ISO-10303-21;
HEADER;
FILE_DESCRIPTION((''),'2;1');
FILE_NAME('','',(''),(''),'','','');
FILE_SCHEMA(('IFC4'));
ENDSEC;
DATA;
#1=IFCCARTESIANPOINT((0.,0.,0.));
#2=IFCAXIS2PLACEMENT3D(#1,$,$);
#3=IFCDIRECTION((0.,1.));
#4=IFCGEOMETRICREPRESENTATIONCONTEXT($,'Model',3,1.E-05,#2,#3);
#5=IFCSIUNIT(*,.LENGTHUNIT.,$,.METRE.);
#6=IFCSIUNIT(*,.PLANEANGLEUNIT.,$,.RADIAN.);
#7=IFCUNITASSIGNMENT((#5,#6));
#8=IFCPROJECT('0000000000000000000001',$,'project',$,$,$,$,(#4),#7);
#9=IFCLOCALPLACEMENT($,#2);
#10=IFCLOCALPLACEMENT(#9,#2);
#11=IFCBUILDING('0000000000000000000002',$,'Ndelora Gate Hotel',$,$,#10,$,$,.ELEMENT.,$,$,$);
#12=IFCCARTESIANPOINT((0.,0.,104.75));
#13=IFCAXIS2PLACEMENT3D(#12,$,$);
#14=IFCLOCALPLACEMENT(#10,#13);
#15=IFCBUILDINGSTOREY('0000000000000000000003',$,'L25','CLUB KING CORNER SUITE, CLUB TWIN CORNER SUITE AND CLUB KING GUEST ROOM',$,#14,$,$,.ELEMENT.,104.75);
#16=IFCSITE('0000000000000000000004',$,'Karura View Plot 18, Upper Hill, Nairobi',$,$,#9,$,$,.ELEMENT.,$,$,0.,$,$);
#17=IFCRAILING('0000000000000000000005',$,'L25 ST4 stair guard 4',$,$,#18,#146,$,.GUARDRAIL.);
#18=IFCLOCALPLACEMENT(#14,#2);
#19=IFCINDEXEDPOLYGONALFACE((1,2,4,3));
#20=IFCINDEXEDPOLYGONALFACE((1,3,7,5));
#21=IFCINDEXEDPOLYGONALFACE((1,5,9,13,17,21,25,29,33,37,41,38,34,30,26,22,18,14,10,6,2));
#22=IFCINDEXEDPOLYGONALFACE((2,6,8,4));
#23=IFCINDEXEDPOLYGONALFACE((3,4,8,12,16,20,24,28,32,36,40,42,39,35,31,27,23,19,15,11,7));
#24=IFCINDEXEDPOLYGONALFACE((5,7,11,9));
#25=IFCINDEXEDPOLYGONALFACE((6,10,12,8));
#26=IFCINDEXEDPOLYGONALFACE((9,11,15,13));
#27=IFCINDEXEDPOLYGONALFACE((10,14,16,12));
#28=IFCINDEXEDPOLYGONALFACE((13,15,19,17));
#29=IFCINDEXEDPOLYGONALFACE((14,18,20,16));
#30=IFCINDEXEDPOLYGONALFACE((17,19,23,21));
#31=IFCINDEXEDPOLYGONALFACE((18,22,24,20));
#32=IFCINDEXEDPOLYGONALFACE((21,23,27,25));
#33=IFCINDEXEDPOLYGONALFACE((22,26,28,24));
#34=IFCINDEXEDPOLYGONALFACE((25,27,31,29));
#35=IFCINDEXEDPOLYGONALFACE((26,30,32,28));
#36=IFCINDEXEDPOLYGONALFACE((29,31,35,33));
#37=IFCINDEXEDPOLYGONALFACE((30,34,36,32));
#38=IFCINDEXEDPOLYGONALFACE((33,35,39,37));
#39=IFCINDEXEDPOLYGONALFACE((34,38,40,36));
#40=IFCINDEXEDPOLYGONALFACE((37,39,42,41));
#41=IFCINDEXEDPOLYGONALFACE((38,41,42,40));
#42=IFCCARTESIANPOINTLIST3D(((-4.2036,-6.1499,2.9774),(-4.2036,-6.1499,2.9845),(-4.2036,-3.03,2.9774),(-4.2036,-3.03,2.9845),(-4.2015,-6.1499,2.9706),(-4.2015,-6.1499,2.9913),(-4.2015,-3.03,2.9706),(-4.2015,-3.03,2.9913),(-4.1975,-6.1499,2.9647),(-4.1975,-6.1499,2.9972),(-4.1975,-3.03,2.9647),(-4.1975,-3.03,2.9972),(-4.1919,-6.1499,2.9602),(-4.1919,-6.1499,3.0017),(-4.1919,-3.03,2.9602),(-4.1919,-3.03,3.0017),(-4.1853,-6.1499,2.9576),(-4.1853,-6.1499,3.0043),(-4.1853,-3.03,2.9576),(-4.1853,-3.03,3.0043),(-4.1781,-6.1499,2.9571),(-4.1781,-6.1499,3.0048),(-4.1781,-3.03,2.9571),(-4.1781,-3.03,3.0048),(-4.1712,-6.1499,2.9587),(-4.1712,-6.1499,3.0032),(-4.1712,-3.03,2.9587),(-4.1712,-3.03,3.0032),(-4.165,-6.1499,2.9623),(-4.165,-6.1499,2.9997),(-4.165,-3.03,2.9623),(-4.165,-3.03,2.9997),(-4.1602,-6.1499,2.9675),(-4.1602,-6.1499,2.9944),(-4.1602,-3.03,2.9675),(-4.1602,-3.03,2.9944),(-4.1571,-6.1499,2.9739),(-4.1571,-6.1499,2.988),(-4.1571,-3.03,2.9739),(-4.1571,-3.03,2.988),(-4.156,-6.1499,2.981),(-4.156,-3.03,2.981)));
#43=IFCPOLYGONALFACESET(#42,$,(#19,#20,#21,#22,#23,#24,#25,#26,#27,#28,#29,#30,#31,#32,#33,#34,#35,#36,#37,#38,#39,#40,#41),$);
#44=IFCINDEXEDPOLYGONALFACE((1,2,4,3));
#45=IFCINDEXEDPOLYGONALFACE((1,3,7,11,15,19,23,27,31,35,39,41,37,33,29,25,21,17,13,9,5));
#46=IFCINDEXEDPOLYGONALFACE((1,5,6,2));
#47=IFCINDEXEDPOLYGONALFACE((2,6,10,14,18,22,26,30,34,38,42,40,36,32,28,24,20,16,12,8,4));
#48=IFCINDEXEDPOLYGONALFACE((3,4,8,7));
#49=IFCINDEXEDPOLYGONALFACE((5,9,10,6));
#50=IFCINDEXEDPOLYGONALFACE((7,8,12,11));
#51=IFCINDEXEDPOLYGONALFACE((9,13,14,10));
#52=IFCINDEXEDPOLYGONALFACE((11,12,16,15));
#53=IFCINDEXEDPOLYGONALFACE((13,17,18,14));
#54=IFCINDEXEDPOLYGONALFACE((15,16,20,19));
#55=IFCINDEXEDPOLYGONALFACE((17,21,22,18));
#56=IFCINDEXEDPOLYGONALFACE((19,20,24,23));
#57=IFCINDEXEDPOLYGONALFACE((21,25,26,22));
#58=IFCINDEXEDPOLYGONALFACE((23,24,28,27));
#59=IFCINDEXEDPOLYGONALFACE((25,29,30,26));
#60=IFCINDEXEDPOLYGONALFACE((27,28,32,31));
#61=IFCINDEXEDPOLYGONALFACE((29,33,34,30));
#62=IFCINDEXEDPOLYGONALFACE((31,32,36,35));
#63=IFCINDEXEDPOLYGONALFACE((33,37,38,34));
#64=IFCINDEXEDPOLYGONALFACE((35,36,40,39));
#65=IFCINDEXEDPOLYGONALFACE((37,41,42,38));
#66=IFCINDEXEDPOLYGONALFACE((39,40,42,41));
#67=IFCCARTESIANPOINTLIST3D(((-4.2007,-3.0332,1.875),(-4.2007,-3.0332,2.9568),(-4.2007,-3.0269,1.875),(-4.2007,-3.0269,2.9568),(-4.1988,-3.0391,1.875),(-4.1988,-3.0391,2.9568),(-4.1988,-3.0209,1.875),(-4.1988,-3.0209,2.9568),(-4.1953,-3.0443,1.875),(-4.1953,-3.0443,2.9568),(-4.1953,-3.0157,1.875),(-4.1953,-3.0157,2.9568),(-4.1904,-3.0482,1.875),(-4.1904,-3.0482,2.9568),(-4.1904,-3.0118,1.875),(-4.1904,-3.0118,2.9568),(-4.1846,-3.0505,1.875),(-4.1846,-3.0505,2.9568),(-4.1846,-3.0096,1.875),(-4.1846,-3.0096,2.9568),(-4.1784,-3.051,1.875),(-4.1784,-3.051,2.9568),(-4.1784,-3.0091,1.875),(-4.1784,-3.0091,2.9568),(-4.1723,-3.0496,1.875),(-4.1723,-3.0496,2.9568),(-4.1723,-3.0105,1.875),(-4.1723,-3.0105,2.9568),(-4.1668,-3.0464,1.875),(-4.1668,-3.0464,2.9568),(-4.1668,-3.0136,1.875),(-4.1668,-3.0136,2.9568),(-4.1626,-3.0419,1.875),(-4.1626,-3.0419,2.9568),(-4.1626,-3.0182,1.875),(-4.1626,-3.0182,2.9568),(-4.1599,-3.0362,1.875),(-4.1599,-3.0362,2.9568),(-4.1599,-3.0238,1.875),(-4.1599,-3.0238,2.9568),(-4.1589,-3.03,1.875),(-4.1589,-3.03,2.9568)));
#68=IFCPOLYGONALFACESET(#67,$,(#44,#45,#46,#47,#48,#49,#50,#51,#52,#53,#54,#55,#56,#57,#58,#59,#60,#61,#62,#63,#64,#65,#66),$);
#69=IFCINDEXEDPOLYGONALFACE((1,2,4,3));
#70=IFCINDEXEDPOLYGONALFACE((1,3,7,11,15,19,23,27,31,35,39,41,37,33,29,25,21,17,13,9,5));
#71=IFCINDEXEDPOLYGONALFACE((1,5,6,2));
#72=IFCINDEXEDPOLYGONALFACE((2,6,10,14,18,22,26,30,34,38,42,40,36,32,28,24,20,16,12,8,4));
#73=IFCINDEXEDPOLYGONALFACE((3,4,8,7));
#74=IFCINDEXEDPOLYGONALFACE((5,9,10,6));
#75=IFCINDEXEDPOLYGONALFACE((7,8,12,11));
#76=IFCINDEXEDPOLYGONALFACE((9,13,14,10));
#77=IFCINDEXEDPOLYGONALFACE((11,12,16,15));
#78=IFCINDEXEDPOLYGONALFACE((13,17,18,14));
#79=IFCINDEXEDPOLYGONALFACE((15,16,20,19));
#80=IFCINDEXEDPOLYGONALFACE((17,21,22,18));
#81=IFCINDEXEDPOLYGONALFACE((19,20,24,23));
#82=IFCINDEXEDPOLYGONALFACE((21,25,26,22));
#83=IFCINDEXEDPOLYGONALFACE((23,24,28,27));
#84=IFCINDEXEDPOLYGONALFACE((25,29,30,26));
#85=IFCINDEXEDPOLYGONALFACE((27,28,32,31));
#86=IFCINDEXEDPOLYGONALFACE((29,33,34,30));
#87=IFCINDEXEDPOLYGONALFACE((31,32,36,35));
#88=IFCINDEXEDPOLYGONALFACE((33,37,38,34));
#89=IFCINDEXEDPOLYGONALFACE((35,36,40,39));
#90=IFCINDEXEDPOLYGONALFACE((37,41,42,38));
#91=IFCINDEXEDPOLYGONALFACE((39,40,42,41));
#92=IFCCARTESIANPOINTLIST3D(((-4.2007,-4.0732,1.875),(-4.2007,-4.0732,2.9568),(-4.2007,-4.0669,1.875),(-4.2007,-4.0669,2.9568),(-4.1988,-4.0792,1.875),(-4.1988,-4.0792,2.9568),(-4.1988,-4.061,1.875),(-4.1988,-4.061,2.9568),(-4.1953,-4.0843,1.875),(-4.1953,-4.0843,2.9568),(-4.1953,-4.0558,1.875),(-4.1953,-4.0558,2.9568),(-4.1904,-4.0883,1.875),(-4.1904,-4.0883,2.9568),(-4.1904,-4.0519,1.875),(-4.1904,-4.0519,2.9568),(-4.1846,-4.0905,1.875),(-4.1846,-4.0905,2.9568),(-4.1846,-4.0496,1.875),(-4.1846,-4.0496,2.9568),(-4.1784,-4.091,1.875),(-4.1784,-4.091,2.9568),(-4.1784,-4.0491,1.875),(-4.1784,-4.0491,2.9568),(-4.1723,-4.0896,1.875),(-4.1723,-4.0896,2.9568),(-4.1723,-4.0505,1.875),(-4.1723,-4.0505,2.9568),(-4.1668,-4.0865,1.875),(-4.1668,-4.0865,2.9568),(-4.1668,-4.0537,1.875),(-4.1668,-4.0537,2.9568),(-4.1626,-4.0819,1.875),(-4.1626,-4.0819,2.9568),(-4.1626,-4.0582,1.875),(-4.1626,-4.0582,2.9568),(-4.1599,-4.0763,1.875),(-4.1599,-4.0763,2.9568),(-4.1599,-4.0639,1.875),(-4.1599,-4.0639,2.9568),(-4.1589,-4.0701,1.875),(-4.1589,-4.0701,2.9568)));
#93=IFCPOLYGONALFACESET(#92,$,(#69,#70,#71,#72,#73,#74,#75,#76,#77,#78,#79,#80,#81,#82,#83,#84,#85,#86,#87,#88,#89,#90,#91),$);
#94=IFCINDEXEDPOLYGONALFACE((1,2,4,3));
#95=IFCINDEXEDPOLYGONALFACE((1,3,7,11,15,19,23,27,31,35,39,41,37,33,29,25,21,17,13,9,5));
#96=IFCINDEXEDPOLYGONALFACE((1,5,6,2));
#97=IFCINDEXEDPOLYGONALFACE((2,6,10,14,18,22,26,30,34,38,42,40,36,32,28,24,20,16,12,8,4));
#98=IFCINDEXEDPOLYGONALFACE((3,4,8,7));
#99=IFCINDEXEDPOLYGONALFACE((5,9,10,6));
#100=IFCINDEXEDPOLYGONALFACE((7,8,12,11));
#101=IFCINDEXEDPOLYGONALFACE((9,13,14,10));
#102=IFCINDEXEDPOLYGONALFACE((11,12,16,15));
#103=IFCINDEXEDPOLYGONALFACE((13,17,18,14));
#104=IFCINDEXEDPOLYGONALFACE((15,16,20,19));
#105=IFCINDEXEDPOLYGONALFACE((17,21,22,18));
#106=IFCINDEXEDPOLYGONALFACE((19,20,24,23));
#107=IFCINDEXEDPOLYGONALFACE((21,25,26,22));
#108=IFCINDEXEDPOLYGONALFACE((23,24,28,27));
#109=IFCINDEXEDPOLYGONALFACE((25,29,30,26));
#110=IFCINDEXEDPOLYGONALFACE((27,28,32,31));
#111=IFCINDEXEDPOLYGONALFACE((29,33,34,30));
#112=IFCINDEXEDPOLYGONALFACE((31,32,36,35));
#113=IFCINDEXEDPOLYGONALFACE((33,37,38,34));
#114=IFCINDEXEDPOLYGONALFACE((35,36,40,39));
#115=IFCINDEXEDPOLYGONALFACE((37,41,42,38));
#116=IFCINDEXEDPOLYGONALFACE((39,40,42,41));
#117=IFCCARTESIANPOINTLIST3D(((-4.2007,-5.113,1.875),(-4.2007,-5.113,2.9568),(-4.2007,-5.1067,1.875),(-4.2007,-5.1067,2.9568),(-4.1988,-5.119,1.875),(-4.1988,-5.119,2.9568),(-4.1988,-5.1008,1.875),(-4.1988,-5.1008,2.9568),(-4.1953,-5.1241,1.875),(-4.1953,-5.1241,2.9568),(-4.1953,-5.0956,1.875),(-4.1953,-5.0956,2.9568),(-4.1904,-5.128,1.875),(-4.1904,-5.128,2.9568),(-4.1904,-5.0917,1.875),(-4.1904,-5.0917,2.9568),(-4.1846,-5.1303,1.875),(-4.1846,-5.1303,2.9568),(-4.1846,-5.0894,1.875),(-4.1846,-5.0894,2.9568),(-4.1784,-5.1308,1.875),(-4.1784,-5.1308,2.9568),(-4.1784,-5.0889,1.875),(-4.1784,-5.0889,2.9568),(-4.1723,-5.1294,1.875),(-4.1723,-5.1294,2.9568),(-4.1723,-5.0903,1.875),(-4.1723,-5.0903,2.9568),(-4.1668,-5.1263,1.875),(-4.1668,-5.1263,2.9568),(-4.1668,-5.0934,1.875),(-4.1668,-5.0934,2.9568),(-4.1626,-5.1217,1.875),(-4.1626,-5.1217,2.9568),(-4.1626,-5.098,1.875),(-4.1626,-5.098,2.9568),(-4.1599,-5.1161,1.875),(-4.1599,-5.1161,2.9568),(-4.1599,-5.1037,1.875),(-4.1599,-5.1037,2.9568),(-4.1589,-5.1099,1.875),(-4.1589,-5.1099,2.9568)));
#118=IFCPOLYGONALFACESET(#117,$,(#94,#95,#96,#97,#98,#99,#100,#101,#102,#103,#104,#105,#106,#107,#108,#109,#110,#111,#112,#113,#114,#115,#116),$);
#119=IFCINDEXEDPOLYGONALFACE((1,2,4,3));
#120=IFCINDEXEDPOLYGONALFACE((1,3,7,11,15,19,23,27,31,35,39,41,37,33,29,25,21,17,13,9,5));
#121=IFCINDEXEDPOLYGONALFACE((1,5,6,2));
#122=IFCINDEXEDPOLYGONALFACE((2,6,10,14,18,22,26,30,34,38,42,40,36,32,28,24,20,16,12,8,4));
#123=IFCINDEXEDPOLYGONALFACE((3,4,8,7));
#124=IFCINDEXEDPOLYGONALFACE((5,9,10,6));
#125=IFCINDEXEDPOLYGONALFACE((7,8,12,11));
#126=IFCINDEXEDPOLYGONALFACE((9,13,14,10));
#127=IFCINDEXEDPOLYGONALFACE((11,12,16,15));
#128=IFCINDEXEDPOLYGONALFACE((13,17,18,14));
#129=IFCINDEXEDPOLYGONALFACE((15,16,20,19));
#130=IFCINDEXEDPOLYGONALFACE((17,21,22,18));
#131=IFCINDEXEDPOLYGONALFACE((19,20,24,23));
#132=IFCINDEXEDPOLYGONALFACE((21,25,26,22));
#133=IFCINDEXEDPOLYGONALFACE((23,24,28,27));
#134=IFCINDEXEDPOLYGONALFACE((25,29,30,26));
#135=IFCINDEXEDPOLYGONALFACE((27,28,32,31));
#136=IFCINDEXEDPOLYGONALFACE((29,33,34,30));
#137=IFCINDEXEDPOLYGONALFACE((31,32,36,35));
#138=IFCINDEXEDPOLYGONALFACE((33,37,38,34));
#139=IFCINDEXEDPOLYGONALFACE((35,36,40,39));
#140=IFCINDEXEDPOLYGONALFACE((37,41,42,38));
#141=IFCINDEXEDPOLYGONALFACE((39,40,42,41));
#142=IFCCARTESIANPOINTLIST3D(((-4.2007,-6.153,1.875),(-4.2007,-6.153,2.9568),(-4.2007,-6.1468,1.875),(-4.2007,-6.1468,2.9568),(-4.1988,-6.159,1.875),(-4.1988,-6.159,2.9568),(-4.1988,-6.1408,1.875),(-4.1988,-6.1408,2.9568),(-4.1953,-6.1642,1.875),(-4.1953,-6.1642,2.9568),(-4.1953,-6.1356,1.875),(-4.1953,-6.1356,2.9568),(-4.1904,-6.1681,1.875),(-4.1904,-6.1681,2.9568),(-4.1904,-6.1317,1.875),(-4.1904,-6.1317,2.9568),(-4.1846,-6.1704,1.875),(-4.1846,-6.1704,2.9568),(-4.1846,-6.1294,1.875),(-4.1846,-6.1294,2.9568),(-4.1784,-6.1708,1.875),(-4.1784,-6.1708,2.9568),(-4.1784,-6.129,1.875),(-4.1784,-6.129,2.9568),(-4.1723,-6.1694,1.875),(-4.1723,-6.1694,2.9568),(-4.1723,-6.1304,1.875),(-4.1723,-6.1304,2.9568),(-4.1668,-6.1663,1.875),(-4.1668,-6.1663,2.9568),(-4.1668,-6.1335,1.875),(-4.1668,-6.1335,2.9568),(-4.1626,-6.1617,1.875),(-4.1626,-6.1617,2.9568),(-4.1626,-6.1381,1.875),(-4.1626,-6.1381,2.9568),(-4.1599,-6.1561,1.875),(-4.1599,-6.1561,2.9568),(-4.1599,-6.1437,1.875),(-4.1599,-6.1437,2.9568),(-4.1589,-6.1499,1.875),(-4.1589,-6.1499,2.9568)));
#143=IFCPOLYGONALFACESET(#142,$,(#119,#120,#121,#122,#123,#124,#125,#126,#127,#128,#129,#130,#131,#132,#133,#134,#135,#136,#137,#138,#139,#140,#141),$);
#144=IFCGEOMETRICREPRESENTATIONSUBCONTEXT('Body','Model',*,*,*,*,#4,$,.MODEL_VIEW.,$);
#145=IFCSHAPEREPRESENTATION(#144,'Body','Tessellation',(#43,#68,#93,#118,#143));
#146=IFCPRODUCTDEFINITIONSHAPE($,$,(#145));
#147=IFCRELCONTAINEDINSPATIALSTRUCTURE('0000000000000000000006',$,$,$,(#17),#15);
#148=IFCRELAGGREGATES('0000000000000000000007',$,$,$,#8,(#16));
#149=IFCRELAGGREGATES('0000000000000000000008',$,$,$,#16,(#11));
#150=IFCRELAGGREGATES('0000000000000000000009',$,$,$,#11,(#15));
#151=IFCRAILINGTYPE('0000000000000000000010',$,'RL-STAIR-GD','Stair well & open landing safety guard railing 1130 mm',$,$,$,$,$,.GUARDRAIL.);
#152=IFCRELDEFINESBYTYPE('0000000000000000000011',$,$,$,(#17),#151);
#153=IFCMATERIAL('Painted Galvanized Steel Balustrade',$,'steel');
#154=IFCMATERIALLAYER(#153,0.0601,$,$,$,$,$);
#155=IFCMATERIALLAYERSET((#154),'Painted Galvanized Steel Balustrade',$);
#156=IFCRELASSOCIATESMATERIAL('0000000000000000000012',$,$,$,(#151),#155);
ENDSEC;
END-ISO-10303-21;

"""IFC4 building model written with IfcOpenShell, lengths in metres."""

from ifc_helpers import new_model, si_unit, direction, frame, origin, origin_2d, place, context, subcontext, project, spatial, circle, extrude, material, layer, layer_set, type_object, element, save


model = new_model("IFC4")

# Units and contexts
model_context = context("Model", 3, precision=1e-05, world=origin(), true_north=direction((0.0, 1.0)))
body_context = subcontext(model_context, "Body", "Model", "MODEL_VIEW")
ifc_project = project(units=[si_unit("LENGTHUNIT", "METRE"), si_unit("PLANEANGLEUNIT", "RADIAN")], contexts=[model_context])

# Site, building, storey
site_placement = place(None, origin())
site = spatial("IfcSite", under=ifc_project, at=site_placement, Name="Karura View Plot 18, Upper Hill, Nairobi", CompositionType="ELEMENT", RefElevation=0.0)
building_placement = place(site_placement, origin())
building = spatial("IfcBuilding", under=site, at=building_placement, Name="Ndelora Gate Hotel", CompositionType="ELEMENT")
storey_placement = place(building_placement, frame((0.0, 0.0, 104.75)))
storey = spatial("IfcBuildingStorey", under=building, at=storey_placement, Name="L25", Description="CLUB KING CORNER SUITE, CLUB TWIN CORNER SUITE AND CLUB KING GUEST ROOM", CompositionType="ELEMENT", Elevation=104.75)

# Railing
ifc_material_1 = material(Name="Painted Galvanized Steel Balustrade", Category="steel")
ifc_layer_1 = layer(ifc_material_1, 0.0601)
ifc_layer_set_1 = layer_set([ifc_layer_1], Name="Painted Galvanized Steel Balustrade")
railing_type_1 = type_object("IfcRailingType", Name="RL-STAIR-GD", Description="Stair well & open landing safety guard railing 1130 mm", PredefinedType="GUARDRAIL", material=ifc_layer_set_1)
for number, where, name in (
    (1, (-4.1799, -3.03, 1.875), "L25 ST4 stair guard 4"),
):
    element("IfcRailing", number, at=place(storey_placement, frame(where)), inside=storey, type_object=railing_type_1, Name=name, PredefinedType="GUARDRAIL", context=body_context, shape_type="SweptSolid", body=[
        extrude(circle(Radius=0.0239, at=origin_2d()), frame((0.0, 0.0, 1.106), z_axis=(0.0, -1.0, 0.0), x_axis=(1.0, 0.0, 0.0)), (0.0, 0.0, 1.0), 3.1199),
        extrude(circle(Radius=0.021, at=origin_2d()), origin(), (0.0, 0.0, 1.0), 1.0818),
        extrude(circle(Radius=0.021, at=origin_2d()), frame((0.0, -1.04, 0.0)), (0.0, 0.0, 1.0), 1.0818),
        extrude(circle(Radius=0.021, at=origin_2d()), frame((0.0, -2.0798, 0.0)), (0.0, 0.0, 1.0), 1.0818),
        extrude(circle(Radius=0.021, at=origin_2d()), frame((0.0, -3.1199, 0.0)), (0.0, 0.0, 1.0), 1.0818),
    ])

save(model, "model.ifc")
